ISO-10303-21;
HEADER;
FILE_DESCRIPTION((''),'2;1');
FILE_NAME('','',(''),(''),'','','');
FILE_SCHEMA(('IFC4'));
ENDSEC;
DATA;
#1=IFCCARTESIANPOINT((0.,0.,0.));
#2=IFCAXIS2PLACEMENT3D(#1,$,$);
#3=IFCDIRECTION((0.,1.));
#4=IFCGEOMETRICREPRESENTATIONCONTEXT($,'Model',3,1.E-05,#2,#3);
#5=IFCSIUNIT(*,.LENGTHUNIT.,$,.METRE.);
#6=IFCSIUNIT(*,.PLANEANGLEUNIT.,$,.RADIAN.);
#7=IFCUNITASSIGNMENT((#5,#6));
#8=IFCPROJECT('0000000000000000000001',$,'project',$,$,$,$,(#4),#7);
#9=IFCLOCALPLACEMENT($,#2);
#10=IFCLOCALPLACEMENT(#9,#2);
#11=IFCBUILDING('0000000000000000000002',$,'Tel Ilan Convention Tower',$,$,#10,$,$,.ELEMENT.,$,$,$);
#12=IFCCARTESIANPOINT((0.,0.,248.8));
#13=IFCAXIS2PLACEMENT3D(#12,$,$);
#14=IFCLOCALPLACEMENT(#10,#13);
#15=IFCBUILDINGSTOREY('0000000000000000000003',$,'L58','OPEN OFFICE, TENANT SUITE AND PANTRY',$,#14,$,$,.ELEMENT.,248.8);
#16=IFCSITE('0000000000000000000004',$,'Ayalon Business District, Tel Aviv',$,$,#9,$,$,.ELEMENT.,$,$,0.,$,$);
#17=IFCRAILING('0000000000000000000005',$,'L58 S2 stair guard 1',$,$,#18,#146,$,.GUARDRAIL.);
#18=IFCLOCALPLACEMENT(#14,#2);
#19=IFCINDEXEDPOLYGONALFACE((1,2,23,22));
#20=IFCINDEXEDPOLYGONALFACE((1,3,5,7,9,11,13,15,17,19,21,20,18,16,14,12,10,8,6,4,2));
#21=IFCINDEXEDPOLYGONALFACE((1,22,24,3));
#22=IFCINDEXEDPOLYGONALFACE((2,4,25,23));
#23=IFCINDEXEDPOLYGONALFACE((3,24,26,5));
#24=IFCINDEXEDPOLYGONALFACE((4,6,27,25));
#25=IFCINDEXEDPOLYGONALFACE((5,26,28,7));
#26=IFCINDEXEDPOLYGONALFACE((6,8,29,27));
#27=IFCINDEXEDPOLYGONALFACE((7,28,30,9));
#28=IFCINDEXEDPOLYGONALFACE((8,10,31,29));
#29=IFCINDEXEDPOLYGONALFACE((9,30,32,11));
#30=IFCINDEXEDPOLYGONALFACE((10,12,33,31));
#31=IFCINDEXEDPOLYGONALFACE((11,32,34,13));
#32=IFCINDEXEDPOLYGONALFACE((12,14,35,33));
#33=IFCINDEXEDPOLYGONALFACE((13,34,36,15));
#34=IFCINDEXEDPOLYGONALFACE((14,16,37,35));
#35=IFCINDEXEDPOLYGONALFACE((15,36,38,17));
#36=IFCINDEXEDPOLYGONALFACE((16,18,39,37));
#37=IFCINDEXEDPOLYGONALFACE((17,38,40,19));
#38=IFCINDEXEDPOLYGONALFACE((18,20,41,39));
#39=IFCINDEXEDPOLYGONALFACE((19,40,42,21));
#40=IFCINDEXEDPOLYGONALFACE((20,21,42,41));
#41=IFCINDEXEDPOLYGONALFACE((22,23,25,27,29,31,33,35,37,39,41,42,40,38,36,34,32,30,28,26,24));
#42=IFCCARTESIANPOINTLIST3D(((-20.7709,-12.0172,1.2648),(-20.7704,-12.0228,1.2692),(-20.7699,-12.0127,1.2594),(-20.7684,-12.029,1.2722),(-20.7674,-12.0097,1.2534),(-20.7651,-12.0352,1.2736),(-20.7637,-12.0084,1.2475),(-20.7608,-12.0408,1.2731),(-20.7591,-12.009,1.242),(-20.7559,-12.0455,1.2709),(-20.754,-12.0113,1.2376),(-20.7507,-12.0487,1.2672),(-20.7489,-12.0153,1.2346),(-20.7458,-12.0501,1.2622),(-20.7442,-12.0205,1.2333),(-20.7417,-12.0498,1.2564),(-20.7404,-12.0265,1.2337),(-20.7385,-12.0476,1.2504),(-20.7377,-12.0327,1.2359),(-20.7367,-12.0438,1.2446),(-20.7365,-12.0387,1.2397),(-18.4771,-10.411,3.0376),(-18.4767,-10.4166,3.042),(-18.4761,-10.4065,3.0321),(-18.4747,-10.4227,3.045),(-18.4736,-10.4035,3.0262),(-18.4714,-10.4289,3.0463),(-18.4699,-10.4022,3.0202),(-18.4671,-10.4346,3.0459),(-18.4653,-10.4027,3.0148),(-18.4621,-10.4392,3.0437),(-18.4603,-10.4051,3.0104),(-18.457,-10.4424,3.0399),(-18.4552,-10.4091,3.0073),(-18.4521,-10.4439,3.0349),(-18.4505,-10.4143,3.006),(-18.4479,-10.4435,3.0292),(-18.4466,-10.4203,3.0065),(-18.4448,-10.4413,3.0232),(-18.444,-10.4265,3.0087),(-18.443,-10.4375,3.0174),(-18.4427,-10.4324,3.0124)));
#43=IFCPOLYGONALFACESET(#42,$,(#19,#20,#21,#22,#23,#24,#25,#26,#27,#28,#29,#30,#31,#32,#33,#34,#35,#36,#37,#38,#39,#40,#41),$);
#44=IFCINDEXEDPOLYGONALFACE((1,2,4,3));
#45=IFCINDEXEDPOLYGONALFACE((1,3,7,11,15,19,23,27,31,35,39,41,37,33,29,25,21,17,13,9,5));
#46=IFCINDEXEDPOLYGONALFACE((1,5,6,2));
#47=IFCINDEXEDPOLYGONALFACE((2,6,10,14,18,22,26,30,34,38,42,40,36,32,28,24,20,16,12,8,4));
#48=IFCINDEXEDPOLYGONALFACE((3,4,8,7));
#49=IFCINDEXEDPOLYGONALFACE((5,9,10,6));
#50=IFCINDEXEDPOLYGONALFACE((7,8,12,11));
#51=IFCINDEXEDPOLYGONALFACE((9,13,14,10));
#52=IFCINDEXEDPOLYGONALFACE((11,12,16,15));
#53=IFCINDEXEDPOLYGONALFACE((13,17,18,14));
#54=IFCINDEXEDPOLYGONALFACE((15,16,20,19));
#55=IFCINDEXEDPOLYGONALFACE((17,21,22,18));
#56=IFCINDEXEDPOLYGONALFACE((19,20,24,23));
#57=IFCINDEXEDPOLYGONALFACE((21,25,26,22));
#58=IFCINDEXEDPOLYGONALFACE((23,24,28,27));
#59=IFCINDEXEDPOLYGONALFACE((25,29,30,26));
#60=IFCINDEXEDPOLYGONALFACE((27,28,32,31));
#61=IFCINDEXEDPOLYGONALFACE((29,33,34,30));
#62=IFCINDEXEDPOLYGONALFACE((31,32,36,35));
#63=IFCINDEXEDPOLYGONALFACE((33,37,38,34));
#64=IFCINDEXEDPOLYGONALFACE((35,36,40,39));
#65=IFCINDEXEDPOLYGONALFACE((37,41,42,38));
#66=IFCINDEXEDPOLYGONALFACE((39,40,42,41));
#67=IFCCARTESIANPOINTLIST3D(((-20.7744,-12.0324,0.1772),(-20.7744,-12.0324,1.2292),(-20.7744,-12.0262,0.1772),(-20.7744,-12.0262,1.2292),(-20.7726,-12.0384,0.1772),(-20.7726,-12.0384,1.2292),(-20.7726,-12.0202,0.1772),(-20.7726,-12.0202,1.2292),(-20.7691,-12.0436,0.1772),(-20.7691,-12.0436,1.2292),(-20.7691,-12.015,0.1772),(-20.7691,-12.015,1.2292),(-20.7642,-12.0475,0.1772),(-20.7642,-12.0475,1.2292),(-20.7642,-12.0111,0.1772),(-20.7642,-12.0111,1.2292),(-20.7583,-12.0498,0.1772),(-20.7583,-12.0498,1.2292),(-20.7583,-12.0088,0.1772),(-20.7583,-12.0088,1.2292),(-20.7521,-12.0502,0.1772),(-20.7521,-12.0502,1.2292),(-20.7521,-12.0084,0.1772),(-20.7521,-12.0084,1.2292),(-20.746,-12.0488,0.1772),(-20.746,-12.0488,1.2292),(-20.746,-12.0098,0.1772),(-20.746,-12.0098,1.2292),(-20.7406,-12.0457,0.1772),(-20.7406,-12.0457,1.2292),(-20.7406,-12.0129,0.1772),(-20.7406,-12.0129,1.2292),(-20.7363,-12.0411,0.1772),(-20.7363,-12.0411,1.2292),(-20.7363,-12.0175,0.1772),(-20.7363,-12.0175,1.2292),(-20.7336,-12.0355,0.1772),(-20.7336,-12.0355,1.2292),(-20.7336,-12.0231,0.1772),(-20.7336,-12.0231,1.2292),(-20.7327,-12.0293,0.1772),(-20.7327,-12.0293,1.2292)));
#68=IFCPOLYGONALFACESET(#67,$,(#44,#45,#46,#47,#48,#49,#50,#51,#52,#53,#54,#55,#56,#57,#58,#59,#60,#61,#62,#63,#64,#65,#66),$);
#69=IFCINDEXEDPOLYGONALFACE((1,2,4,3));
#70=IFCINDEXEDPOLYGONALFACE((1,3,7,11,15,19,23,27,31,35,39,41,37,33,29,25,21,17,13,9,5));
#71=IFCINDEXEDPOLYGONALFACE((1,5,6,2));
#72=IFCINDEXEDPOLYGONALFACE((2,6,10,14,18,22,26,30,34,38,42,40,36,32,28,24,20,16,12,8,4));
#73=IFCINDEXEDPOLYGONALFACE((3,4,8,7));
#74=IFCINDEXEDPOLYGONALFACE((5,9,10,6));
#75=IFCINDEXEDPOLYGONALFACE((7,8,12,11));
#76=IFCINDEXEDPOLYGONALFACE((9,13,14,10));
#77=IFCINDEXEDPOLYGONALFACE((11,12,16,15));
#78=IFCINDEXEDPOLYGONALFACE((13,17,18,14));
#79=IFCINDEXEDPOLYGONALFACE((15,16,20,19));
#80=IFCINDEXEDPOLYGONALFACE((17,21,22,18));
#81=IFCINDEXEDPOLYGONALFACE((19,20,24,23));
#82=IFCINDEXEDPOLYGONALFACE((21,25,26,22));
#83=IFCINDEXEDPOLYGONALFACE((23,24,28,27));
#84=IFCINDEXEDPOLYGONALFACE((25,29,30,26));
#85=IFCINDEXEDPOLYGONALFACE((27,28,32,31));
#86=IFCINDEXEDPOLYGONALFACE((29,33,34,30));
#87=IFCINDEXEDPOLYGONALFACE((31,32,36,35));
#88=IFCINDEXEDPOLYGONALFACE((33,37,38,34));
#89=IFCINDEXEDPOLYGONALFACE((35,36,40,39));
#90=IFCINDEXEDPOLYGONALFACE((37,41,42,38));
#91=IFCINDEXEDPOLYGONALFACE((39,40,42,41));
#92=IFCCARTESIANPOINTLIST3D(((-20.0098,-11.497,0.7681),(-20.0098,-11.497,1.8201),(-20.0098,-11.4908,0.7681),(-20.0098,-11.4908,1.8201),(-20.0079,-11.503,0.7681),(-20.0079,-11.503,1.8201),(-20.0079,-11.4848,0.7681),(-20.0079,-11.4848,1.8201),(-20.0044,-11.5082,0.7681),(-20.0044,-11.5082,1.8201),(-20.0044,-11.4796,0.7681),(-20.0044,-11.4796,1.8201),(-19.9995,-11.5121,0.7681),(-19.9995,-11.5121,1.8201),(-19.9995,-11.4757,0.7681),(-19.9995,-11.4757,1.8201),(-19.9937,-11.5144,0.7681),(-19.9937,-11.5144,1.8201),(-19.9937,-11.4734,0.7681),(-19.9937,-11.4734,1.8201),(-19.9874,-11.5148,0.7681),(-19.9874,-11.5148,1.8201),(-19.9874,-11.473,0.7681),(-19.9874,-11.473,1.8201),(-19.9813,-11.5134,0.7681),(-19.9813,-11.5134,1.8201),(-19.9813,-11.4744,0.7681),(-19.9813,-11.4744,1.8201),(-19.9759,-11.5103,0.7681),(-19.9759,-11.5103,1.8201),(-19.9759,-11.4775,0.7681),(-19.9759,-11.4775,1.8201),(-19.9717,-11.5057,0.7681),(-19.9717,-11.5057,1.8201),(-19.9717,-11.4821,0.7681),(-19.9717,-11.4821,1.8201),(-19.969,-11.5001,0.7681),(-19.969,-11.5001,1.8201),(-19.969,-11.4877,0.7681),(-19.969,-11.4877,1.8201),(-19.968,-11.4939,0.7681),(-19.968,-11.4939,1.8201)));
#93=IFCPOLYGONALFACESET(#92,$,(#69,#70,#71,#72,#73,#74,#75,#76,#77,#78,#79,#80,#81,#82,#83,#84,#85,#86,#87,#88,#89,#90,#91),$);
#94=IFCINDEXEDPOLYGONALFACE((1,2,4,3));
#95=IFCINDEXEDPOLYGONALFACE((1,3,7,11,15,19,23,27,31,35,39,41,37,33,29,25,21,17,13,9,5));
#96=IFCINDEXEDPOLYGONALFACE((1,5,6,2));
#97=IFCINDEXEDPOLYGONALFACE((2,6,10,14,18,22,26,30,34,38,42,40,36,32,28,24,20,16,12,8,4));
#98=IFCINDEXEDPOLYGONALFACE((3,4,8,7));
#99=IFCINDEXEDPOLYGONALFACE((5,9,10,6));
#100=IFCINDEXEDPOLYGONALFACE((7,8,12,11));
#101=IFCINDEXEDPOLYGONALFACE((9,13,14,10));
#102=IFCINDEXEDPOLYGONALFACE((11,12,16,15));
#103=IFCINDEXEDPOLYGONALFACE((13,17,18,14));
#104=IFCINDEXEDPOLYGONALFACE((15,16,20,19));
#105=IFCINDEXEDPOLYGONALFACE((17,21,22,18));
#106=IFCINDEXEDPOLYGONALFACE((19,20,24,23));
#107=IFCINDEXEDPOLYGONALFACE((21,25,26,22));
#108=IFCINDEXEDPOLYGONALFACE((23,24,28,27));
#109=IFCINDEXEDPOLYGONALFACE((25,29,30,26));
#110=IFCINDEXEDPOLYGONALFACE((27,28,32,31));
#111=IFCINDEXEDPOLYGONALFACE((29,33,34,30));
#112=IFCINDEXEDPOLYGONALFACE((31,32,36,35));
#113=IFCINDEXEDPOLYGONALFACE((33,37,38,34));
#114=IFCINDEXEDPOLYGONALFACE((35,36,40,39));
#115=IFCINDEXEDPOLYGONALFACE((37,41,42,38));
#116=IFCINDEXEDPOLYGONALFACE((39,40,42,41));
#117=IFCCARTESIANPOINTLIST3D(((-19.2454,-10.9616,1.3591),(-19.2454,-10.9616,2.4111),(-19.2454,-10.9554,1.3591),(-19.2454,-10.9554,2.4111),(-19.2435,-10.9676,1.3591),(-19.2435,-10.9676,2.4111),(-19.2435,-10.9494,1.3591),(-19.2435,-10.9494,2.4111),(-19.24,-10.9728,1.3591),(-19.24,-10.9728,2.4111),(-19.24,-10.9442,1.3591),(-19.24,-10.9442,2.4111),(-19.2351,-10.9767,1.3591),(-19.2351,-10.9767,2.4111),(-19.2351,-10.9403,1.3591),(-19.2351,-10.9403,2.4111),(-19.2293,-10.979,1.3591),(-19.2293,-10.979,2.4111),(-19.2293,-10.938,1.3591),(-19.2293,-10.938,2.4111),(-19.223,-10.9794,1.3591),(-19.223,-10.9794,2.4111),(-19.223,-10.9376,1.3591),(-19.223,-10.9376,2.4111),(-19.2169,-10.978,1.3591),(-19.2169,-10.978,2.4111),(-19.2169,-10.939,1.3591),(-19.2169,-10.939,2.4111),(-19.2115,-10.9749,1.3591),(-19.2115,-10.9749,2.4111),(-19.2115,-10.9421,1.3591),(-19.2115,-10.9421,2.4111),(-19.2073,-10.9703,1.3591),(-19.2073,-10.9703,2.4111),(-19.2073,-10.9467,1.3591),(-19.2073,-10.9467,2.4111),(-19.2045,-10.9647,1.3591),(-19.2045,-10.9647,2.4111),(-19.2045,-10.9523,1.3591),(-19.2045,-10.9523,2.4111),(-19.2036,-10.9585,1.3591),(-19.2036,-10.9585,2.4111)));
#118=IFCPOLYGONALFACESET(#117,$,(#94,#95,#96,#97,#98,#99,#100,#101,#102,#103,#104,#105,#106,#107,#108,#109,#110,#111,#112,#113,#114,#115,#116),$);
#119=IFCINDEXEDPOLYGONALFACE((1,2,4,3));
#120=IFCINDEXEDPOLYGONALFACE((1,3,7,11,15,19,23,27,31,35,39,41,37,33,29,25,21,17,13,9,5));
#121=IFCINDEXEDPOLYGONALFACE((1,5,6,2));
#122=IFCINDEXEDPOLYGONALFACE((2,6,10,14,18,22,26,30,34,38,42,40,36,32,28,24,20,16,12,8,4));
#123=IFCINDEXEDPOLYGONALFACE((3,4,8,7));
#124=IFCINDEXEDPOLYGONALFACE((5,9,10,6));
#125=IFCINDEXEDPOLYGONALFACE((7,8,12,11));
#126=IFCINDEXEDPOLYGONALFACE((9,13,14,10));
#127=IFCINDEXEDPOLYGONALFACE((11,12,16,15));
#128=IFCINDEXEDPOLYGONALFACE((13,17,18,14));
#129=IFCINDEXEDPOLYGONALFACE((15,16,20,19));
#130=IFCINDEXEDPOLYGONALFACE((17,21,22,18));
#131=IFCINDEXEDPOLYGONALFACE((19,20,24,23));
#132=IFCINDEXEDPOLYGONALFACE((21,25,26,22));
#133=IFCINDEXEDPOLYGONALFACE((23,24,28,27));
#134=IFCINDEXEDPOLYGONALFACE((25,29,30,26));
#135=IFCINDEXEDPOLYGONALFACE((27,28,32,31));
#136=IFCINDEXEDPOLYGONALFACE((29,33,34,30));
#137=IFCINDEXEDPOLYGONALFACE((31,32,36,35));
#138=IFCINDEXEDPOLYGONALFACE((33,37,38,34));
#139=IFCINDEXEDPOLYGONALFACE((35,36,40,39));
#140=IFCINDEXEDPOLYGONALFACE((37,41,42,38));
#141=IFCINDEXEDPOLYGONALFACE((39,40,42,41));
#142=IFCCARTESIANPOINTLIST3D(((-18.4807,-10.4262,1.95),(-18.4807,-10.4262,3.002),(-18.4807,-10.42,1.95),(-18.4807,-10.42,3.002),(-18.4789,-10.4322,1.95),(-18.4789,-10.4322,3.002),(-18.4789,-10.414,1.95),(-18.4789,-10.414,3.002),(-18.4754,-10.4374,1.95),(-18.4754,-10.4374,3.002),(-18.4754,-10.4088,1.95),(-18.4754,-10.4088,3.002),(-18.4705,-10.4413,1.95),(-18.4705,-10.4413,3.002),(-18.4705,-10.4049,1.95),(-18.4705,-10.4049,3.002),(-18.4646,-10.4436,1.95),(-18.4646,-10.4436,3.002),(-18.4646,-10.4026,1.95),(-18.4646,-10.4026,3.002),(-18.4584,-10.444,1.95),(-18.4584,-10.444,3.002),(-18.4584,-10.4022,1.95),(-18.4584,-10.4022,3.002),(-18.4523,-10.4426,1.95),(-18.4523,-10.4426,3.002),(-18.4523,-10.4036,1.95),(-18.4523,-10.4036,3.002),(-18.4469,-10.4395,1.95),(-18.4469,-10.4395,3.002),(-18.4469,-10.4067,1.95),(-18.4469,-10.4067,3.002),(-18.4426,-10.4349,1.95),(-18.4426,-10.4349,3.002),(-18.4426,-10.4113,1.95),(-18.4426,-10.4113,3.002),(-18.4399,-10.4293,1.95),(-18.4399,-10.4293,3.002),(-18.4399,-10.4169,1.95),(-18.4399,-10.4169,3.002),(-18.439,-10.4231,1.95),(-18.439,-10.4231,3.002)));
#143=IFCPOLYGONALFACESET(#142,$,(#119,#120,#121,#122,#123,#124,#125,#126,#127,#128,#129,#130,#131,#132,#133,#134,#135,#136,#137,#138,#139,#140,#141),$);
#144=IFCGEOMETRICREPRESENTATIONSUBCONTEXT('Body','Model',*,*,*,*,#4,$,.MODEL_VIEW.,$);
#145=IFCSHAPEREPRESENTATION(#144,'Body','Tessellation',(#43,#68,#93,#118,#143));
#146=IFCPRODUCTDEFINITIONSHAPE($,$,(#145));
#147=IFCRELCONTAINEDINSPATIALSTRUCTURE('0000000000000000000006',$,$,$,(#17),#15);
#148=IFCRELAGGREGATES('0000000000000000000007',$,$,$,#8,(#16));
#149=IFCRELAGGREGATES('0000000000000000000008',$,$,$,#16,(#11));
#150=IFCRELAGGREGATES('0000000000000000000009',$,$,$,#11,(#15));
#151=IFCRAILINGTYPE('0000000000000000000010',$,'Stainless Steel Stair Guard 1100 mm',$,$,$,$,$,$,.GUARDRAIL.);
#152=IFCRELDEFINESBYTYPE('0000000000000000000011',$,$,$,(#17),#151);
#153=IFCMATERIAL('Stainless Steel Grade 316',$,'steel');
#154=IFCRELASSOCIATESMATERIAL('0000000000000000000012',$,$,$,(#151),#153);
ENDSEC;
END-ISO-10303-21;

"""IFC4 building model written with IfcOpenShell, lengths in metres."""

from ifc_helpers import new_model, si_unit, direction, frame, origin, origin_2d, place, context, subcontext, project, spatial, circle, extrude, material, type_object, element, save


model = new_model("IFC4")

# Units and contexts
model_context = context("Model", 3, precision=1e-05, world=origin(), true_north=direction((0.0, 1.0)))
body_context = subcontext(model_context, "Body", "Model", "MODEL_VIEW")
ifc_project = project(units=[si_unit("LENGTHUNIT", "METRE"), si_unit("PLANEANGLEUNIT", "RADIAN")], contexts=[model_context])

# Site, building, storey
site_placement = place(None, origin())
site = spatial("IfcSite", under=ifc_project, at=site_placement, Name="Ayalon Business District, Tel Aviv", CompositionType="ELEMENT", RefElevation=0.0)
building_placement = place(site_placement, origin())
building = spatial("IfcBuilding", under=site, at=building_placement, Name="Tel Ilan Convention Tower", CompositionType="ELEMENT")
storey_placement = place(building_placement, frame((0.0, 0.0, 248.8)))
storey = spatial("IfcBuildingStorey", under=building, at=storey_placement, Name="L58", Description="OPEN OFFICE, TENANT SUITE AND PANTRY", CompositionType="ELEMENT", Elevation=248.8)

# Railing
ifc_material_1 = material(Name="Stainless Steel Grade 316", Category="steel")
railing_type_1 = type_object("IfcRailingType", Name="Stainless Steel Stair Guard 1100 mm", PredefinedType="GUARDRAIL", material=ifc_material_1)
railing_1_placement = place(storey_placement, frame((-20.7537, -12.0293, 0.1772)))
element("IfcRailing", 1, at=railing_1_placement, inside=storey, type_object=railing_type_1, Name="L58 S2 stair guard 1", PredefinedType="GUARDRAIL", context=body_context, shape_type="SweptSolid", body=[
    extrude(circle(Radius=0.0239, at=origin_2d()), frame((0.0, 0.0, 1.0762), z_axis=(0.692098, 0.484653, 0.534894), x_axis=(-0.573609, 0.81913, 0.0)), (0.0, 0.0, 1.0), 3.3142),
    extrude(circle(Radius=0.021, at=origin_2d()), origin(), (0.0, 0.0, 1.0), 1.052),
    extrude(circle(Radius=0.021, at=origin_2d()), frame((0.7646, 0.5354, 0.5908)), (0.0, 0.0, 1.0), 1.052),
    extrude(circle(Radius=0.021, at=origin_2d()), frame((1.5291, 1.0708, 1.1819)), (0.0, 0.0, 1.0), 1.052),
    extrude(circle(Radius=0.021, at=origin_2d()), frame((2.2937, 1.6062, 1.7727)), (0.0, 0.0, 1.0), 1.052),
])

save(model, "model.ifc")
